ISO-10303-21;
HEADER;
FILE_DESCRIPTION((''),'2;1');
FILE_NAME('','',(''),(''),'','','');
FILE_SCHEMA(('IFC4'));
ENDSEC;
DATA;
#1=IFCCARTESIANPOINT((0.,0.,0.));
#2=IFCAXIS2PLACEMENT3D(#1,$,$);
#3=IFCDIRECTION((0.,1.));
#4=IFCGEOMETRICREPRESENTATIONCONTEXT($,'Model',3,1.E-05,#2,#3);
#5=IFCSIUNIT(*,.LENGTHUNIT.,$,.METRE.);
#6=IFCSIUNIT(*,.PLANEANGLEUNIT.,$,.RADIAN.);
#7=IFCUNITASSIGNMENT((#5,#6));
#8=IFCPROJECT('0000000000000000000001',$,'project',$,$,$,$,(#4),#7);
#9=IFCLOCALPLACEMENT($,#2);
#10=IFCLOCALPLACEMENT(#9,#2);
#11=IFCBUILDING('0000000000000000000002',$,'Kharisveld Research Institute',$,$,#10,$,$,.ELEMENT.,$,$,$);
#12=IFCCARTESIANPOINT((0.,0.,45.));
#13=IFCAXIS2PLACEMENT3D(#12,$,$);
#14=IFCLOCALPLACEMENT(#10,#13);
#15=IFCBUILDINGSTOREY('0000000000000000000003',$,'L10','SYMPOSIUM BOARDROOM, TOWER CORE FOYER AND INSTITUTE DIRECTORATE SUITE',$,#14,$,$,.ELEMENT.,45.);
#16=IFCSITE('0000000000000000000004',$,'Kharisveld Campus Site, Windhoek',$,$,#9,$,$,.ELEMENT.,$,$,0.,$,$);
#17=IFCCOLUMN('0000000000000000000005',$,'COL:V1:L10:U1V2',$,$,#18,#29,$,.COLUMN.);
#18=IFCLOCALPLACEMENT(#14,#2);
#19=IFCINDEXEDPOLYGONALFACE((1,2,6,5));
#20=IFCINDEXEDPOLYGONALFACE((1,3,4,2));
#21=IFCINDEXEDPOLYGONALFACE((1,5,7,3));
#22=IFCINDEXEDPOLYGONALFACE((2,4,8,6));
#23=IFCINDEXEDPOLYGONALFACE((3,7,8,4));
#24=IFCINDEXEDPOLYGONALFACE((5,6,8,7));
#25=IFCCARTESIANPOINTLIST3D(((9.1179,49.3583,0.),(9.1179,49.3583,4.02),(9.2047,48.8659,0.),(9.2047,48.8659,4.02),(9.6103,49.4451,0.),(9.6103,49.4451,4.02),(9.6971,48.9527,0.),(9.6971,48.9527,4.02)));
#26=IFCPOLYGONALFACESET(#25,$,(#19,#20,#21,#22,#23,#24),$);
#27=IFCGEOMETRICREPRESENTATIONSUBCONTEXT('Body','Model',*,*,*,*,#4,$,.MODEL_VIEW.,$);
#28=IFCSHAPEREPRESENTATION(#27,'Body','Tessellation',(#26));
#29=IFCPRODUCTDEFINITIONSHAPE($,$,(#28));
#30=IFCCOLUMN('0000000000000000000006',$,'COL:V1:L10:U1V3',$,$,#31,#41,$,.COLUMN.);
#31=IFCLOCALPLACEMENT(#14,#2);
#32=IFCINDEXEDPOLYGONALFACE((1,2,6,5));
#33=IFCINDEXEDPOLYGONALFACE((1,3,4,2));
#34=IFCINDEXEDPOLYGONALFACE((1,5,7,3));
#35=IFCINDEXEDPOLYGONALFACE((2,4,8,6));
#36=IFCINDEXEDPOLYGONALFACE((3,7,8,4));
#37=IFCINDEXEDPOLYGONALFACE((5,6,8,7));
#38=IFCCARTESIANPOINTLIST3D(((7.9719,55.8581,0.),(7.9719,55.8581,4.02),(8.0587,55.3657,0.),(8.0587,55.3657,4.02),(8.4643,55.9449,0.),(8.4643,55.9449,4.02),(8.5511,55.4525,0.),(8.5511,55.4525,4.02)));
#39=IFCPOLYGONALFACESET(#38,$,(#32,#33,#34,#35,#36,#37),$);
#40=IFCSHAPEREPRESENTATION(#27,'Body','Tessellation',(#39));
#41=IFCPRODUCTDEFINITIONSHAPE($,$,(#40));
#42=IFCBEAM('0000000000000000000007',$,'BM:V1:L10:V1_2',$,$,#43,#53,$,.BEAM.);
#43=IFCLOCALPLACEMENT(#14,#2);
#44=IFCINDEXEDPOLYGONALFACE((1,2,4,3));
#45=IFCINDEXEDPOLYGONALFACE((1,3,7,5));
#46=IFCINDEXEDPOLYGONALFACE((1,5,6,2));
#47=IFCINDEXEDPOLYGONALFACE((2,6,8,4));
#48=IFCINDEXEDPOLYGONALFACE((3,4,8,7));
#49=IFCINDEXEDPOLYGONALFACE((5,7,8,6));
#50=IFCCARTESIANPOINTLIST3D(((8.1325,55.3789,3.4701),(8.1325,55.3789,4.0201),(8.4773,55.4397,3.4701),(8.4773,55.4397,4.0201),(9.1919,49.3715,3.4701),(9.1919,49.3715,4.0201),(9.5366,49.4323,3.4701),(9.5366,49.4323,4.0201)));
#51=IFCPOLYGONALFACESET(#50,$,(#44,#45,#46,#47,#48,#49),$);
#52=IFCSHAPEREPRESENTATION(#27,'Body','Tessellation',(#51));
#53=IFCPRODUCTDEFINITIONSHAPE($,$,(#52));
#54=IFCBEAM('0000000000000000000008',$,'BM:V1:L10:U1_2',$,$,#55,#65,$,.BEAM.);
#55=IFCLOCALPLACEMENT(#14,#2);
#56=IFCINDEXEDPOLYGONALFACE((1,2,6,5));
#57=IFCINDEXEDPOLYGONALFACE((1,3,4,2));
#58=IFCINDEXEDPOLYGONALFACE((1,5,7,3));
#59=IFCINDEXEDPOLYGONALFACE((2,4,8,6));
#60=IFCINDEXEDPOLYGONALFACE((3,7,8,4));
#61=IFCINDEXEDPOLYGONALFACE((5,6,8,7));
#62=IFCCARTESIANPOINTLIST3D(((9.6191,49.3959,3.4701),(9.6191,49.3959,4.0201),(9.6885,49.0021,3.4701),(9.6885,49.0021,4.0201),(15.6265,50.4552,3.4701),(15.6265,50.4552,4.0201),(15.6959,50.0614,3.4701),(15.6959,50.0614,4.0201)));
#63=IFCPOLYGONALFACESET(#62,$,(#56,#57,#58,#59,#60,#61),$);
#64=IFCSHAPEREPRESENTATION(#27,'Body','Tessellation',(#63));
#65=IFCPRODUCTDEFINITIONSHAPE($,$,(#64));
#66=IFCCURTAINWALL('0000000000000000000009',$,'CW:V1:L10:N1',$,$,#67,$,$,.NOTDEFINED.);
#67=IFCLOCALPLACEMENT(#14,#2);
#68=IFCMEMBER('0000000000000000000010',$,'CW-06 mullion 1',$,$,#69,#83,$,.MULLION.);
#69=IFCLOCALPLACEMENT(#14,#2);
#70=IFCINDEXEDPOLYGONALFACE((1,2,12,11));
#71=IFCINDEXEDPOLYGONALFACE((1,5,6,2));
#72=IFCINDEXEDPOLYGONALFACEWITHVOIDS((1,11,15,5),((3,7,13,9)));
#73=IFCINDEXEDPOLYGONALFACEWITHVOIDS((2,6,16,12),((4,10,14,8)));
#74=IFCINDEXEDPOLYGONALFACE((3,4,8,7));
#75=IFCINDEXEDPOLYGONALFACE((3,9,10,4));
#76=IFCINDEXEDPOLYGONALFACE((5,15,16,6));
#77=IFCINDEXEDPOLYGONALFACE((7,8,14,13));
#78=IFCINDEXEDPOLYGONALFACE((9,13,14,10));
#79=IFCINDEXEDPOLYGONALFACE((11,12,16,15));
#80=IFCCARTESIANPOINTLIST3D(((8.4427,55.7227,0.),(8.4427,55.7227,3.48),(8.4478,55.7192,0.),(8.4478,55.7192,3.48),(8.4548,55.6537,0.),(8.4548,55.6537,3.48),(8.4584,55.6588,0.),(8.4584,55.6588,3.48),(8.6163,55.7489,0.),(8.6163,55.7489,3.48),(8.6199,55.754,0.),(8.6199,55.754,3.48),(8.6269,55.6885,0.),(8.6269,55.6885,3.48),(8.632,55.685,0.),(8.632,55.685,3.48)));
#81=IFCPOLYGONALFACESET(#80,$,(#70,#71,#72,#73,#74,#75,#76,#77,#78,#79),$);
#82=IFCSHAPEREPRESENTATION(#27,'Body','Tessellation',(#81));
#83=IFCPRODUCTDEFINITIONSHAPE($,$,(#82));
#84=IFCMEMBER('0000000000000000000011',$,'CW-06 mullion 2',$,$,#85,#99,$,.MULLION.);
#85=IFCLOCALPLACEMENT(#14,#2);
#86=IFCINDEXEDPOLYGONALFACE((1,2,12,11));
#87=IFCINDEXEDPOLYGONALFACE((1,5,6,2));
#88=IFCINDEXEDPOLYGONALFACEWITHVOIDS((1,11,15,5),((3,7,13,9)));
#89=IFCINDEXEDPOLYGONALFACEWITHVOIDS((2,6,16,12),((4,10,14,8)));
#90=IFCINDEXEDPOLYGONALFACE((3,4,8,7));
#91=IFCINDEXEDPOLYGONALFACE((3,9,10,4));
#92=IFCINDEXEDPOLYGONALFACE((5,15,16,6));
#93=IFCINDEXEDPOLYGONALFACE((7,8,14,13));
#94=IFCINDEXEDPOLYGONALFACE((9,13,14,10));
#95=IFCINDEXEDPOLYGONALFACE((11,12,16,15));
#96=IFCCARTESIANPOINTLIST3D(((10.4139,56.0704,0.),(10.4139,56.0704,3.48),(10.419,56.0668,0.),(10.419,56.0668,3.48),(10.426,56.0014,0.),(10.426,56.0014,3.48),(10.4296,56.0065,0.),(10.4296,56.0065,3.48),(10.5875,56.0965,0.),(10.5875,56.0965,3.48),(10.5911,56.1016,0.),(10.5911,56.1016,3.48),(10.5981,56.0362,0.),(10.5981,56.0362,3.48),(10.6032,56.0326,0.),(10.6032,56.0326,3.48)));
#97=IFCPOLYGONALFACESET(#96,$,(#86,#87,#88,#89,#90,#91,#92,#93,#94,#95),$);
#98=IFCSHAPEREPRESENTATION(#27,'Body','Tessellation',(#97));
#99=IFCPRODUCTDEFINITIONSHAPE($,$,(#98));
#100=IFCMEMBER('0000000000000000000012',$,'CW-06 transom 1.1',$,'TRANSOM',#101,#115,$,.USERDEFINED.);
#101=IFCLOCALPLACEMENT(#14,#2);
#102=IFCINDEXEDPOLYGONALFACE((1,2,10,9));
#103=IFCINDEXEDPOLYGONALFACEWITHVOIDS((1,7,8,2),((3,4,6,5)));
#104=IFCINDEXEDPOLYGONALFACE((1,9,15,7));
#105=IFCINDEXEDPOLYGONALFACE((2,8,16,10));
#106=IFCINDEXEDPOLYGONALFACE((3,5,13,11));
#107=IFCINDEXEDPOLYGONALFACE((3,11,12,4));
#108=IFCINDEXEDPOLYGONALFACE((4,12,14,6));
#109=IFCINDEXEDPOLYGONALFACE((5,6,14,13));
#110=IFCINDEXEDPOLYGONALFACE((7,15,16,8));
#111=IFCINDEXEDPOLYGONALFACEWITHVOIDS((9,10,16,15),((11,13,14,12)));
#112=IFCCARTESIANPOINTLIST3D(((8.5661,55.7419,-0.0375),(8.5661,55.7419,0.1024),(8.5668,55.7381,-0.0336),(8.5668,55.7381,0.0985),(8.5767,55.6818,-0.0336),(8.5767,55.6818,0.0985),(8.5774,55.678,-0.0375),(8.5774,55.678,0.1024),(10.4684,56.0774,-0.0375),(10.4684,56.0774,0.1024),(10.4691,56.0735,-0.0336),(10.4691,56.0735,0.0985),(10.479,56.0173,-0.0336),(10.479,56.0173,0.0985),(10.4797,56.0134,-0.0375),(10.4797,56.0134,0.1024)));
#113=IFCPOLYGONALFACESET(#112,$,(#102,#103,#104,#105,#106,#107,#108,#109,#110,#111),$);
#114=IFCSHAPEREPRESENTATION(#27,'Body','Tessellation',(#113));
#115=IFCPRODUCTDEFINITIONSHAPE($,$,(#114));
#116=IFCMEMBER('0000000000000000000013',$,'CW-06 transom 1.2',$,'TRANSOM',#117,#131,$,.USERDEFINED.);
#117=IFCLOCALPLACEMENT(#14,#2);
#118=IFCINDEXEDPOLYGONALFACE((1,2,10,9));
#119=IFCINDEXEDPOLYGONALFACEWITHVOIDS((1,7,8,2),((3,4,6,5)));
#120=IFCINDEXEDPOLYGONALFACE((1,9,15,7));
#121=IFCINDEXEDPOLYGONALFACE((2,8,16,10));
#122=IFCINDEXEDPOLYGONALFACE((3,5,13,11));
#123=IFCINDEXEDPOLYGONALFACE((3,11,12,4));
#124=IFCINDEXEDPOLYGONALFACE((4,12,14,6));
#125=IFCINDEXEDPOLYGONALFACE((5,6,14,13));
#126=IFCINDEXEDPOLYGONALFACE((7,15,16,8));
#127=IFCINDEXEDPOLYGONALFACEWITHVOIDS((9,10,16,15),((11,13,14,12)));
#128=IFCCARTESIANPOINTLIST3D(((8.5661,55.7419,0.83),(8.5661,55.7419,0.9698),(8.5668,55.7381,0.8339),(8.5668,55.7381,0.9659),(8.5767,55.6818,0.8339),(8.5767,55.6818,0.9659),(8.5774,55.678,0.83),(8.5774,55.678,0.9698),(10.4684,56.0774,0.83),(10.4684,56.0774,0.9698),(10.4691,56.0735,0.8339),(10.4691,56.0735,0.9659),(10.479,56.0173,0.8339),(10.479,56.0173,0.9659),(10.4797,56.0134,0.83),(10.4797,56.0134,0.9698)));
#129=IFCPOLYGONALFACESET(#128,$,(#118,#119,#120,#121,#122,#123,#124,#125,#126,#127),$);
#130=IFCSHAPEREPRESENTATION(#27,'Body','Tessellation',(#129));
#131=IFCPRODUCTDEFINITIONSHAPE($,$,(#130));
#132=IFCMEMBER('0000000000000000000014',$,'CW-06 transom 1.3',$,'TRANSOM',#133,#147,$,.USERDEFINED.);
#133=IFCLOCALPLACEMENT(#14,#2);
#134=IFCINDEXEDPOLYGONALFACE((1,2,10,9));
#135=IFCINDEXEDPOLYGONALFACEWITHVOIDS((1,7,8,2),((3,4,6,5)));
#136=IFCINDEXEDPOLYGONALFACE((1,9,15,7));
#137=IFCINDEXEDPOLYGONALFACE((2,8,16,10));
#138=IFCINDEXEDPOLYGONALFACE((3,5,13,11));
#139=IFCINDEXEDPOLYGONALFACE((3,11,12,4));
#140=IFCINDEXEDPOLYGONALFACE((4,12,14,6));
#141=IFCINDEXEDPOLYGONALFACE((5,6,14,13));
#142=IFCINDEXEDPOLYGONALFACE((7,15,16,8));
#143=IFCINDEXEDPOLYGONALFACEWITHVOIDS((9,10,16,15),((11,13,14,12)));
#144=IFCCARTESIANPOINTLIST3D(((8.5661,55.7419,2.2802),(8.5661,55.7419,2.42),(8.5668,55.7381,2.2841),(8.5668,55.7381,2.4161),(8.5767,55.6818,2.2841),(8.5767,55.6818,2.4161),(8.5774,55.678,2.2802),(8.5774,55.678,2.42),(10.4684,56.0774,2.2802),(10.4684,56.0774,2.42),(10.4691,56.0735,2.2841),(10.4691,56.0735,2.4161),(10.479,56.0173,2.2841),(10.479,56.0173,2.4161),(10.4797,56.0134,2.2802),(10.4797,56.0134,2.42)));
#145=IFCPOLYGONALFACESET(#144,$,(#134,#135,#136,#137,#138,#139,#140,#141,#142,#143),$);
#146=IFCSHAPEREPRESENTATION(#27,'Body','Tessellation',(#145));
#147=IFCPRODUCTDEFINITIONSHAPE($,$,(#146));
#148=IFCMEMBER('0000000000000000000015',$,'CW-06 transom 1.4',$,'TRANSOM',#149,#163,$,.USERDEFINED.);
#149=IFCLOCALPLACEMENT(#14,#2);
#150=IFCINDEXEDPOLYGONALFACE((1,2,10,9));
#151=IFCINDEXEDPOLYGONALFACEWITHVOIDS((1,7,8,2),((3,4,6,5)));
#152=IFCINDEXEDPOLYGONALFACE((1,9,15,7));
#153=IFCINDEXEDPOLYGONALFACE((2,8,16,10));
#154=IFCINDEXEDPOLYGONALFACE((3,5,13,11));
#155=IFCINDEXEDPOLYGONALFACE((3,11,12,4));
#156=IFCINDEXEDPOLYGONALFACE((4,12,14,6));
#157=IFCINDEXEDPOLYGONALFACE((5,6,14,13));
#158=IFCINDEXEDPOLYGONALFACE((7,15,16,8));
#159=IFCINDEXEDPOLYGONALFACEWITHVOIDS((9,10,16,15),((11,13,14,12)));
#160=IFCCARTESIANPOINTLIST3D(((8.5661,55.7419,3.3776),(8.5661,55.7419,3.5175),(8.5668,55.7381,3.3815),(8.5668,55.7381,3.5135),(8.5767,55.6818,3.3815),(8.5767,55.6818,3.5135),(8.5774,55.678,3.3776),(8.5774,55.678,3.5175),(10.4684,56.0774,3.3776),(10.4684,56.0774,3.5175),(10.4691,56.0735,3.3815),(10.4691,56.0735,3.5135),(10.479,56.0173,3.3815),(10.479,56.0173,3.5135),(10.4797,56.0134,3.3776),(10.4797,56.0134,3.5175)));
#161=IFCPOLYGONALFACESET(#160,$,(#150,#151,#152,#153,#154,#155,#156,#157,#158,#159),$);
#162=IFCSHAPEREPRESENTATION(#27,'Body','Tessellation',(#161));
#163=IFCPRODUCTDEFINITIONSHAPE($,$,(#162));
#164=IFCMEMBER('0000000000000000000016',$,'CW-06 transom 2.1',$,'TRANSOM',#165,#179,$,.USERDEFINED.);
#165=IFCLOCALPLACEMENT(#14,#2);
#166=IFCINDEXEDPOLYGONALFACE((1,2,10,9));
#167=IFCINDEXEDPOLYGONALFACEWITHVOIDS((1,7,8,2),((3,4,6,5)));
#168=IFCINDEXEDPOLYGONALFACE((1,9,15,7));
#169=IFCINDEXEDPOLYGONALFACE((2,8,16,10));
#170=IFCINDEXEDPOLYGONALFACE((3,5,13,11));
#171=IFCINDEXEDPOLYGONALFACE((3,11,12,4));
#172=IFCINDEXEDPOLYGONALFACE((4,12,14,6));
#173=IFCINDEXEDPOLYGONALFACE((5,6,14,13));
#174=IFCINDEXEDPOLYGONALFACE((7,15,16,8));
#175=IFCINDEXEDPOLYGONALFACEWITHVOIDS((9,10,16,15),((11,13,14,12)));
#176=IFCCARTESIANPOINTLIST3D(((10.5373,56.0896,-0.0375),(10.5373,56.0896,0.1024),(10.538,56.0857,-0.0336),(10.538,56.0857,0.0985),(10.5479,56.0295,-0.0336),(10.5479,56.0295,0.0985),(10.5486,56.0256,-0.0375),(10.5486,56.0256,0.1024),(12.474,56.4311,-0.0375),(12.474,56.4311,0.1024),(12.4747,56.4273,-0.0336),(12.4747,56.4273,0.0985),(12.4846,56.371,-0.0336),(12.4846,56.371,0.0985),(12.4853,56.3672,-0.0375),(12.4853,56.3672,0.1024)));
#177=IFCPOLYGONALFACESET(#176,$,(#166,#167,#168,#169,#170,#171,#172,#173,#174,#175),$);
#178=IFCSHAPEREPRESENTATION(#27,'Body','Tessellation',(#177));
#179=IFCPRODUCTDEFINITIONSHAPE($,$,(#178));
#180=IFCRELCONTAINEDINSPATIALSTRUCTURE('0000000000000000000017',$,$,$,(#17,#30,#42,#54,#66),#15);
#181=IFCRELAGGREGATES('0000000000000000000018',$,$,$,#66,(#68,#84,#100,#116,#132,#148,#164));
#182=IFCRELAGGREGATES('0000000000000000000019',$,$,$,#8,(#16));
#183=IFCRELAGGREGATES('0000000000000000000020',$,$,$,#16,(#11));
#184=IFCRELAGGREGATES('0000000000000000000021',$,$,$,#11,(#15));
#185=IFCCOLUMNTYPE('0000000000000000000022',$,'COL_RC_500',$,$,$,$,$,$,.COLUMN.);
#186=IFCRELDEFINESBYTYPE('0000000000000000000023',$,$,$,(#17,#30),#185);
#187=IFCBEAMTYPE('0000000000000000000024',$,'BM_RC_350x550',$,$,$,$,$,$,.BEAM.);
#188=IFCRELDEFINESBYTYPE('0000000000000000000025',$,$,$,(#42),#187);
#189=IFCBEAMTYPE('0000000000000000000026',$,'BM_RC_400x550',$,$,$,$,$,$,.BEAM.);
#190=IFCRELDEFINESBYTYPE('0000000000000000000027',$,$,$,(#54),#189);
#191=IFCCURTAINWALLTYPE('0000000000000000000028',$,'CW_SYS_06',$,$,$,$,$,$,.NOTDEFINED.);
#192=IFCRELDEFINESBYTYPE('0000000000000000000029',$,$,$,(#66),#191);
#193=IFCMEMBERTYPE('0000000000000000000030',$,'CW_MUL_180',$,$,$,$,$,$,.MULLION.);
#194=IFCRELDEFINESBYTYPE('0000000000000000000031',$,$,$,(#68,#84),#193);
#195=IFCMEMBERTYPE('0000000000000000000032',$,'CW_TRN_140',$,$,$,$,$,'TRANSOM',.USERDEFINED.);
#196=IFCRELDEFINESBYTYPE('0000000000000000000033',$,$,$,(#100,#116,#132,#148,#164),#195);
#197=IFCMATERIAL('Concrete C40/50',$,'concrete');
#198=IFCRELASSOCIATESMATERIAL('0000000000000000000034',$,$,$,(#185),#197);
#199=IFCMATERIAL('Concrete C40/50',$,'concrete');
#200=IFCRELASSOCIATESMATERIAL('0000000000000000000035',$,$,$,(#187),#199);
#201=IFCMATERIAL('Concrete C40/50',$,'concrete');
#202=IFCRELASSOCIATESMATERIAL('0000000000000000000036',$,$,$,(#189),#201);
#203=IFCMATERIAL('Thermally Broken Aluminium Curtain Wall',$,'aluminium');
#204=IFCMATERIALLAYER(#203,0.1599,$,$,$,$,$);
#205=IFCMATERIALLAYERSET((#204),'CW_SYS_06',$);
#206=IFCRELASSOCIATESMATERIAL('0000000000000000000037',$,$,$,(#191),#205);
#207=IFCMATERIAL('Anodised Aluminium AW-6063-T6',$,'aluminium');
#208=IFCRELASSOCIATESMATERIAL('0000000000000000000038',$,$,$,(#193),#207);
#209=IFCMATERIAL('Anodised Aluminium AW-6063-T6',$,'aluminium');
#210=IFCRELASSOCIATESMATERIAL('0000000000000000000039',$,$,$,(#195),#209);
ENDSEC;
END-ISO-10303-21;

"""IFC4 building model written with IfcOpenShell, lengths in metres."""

from ifc_helpers import new_model, si_unit, direction, frame, origin, origin_2d, place, context, subcontext, project, spatial, rectangle, hollow_rectangle, extrude, material, layer, layer_set, material_profile, profile_set, type_object, element, aggregate, save


model = new_model("IFC4")

# Units and contexts
model_context = context("Model", 3, precision=1e-05, world=origin(), true_north=direction((0.0, 1.0)))
body_context = subcontext(model_context, "Body", "Model", "MODEL_VIEW")
ifc_project = project(units=[si_unit("LENGTHUNIT", "METRE"), si_unit("PLANEANGLEUNIT", "RADIAN")], contexts=[model_context])

# Site, building, storey
site_placement = place(None, origin())
site = spatial("IfcSite", under=ifc_project, at=site_placement, Name="Kharisveld Campus Site, Windhoek", CompositionType="ELEMENT", RefElevation=0.0)
building_placement = place(site_placement, origin())
building = spatial("IfcBuilding", under=site, at=building_placement, Name="Kharisveld Research Institute", CompositionType="ELEMENT")
storey_placement = place(building_placement, frame((0.0, 0.0, 45.0)))
storey = spatial("IfcBuildingStorey", under=building, at=storey_placement, Name="L10", Description="SYMPOSIUM BOARDROOM, TOWER CORE FOYER AND INSTITUTE DIRECTORATE SUITE", CompositionType="ELEMENT", Elevation=45.0)

# Columns
ifc_material_1 = material(Name="Concrete C40/50", Category="concrete")
ifc_material_profile_1 = material_profile(ifc_material_1, rectangle(XDim=0.5, YDim=0.5, at=origin_2d()))
ifc_profile_set_1 = profile_set([ifc_material_profile_1], Name="Concrete C40/50")
column_type = type_object("IfcColumnType", Name="COL_RC_500", PredefinedType="COLUMN", material=ifc_profile_set_1)
for number, where, z_axis, x_axis, name in (
    (1, (9.4075, 49.1555, 0.0), (0.0, 0.0, 1.0), (0.984808, 0.173648, 0.0), "COL:V1:L10:U1V2"),
    (2, (8.2615, 55.6553, 0.0), (0.0, 0.0, 1.0), (0.984808, 0.173648, 0.0), "COL:V1:L10:U1V3"),
):
    element("IfcColumn", number, at=place(storey_placement, frame(where, z_axis=z_axis, x_axis=x_axis)), inside=storey, type_object=column_type, Name=name, PredefinedType="COLUMN", context=body_context, shape_type="SweptSolid", body=[
        extrude(rectangle(XDim=0.5, YDim=0.5, at=origin_2d()), origin(), (0.0, 0.0, 1.0), 4.02),
    ])

# Beams
ifc_material_2 = material(Name="Concrete C40/50", Category="concrete")
ifc_material_profile_2 = material_profile(ifc_material_2, rectangle(XDim=0.3501, YDim=0.55, at=origin_2d()))
ifc_profile_set_2 = profile_set([ifc_material_profile_2], Name="Concrete C40/50")
beam_type_1 = type_object("IfcBeamType", Name="BM_RC_350x550", PredefinedType="BEAM", material=ifc_profile_set_2)
beam_1_placement = place(storey_placement, frame((9.3643, 49.4019, 3.7451), z_axis=(-0.17366, 0.984806, 0.0), x_axis=(-0.984806, -0.17366, 0.0)))
element("IfcBeam", 3, at=beam_1_placement, inside=storey, type_object=beam_type_1, Name="BM:V1:L10:V1_2", PredefinedType="BEAM", context=body_context, shape_type="SweptSolid", body=[
    extrude(rectangle(XDim=0.3501, YDim=0.55, at=origin_2d()), origin(), (0.0, 0.0, 1.0), 6.1001),
])
ifc_material_3 = material(Name="Concrete C40/50", Category="concrete")
ifc_material_profile_3 = material_profile(ifc_material_3, rectangle(XDim=0.3999, YDim=0.55, at=origin_2d()))
ifc_profile_set_3 = profile_set([ifc_material_profile_3], Name="Concrete C40/50")
beam_type_2 = type_object("IfcBeamType", Name="BM_RC_400x550", PredefinedType="BEAM", material=ifc_profile_set_3)
beam_2_placement = place(storey_placement, frame((9.6538, 49.199, 3.7451), z_axis=(0.984806, 0.17366, 0.0), x_axis=(-0.17366, 0.984806, 0.0)))
element("IfcBeam", 4, at=beam_2_placement, inside=storey, type_object=beam_type_2, Name="BM:V1:L10:U1_2", PredefinedType="BEAM", context=body_context, shape_type="SweptSolid", body=[
    extrude(rectangle(XDim=0.3999, YDim=0.55, at=origin_2d()), origin(), (0.0, 0.0, 1.0), 6.1001),
])

# Curtain wall, members
ifc_material_4 = material(Name="Thermally Broken Aluminium Curtain Wall", Category="aluminium")
ifc_layer_1 = layer(ifc_material_4, 0.1599)
ifc_layer_set_1 = layer_set([ifc_layer_1], Name="CW_SYS_06")
curtain_wall_type = type_object("IfcCurtainWallType", Name="CW_SYS_06", PredefinedType="NOTDEFINED", material=ifc_layer_set_1)
curtain_wall_placement = place(storey_placement, origin())
curtain_wall = element("IfcCurtainWall", 5, at=curtain_wall_placement, inside=storey, type_object=curtain_wall_type, Name="CW:V1:L10:N1", PredefinedType="NOTDEFINED")
ifc_material_5 = material(Name="Anodised Aluminium AW-6063-T6", Category="aluminium")
ifc_material_profile_4 = material_profile(ifc_material_5, hollow_rectangle(XDim=0.0701, YDim=0.1799, WallThickness=0.0044, at=origin_2d()))
ifc_profile_set_4 = profile_set([ifc_material_profile_4], Name="Anodised Aluminium AW-6063-T6")
member_type_1 = type_object("IfcMemberType", Name="CW_MUL_180", PredefinedType="MULLION", material=ifc_profile_set_4)
member_1_placement = place(storey_placement, frame((8.5374, 55.7039, 0.0), z_axis=(0.0, 0.0, 1.0), x_axis=(-0.173648, 0.984808, 0.0)))
member_1 = element("IfcMember", 6, at=member_1_placement, type_object=member_type_1, Name="CW-06 mullion 1", PredefinedType="MULLION", context=body_context, shape_type="SweptSolid", body=[
    extrude(hollow_rectangle(XDim=0.0701, YDim=0.1799, WallThickness=0.0044, at=origin_2d()), origin(), (0.0, 0.0, 1.0), 3.48),
])
member_2_placement = place(storey_placement, frame((10.5085, 56.0515, 0.0), z_axis=(0.0, 0.0, 1.0), x_axis=(-0.173648, 0.984808, 0.0)))
member_2 = element("IfcMember", 7, at=member_2_placement, type_object=member_type_1, Name="CW-06 mullion 2", PredefinedType="MULLION", context=body_context, shape_type="SweptSolid", body=[
    extrude(hollow_rectangle(XDim=0.0701, YDim=0.1799, WallThickness=0.0044, at=origin_2d()), origin(), (0.0, 0.0, 1.0), 3.48),
])
ifc_material_6 = material(Name="Anodised Aluminium AW-6063-T6", Category="aluminium")
ifc_material_profile_5 = material_profile(ifc_material_6, hollow_rectangle(XDim=0.0649, YDim=0.1399, WallThickness=0.0039, at=origin_2d()))
ifc_profile_set_5 = profile_set([ifc_material_profile_5], Name="Anodised Aluminium AW-6063-T6")
member_type_2 = type_object("IfcMemberType", Name="CW_TRN_140", ElementType="TRANSOM", PredefinedType="USERDEFINED", material=ifc_profile_set_5)
member_3_placement = place(storey_placement, frame((8.5718, 55.71, 0.0325), z_axis=(0.984806, 0.173656, 0.0), x_axis=(-0.173656, 0.984806, 0.0)))
member_3 = element("IfcMember", 8, at=member_3_placement, type_object=member_type_2, Name="CW-06 transom 1.1", ObjectType="TRANSOM", PredefinedType="USERDEFINED", context=body_context, shape_type="SweptSolid", body=[
    extrude(hollow_rectangle(XDim=0.0649, YDim=0.1399, WallThickness=0.0039, at=origin_2d()), origin(), (0.0, 0.0, 1.0), 1.9316),
])
member_4_placement = place(storey_placement, frame((8.5718, 55.71, 0.8999), z_axis=(0.984806, 0.173656, 0.0), x_axis=(-0.173656, 0.984806, 0.0)))
member_4 = element("IfcMember", 9, at=member_4_placement, type_object=member_type_2, Name="CW-06 transom 1.2", ObjectType="TRANSOM", PredefinedType="USERDEFINED", context=body_context, shape_type="SweptSolid", body=[
    extrude(hollow_rectangle(XDim=0.0649, YDim=0.1399, WallThickness=0.0039, at=origin_2d()), origin(), (0.0, 0.0, 1.0), 1.9316),
])
member_5_placement = place(storey_placement, frame((8.5718, 55.71, 2.3501), z_axis=(0.984806, 0.173656, 0.0), x_axis=(-0.173656, 0.984806, 0.0)))
member_5 = element("IfcMember", 10, at=member_5_placement, type_object=member_type_2, Name="CW-06 transom 1.3", ObjectType="TRANSOM", PredefinedType="USERDEFINED", context=body_context, shape_type="SweptSolid", body=[
    extrude(hollow_rectangle(XDim=0.0649, YDim=0.1399, WallThickness=0.0039, at=origin_2d()), origin(), (0.0, 0.0, 1.0), 1.9316),
])
member_6_placement = place(storey_placement, frame((8.5718, 55.71, 3.4475), z_axis=(0.984806, 0.173656, 0.0), x_axis=(-0.173656, 0.984806, 0.0)))
member_6 = element("IfcMember", 11, at=member_6_placement, type_object=member_type_2, Name="CW-06 transom 1.4", ObjectType="TRANSOM", PredefinedType="USERDEFINED", context=body_context, shape_type="SweptSolid", body=[
    extrude(hollow_rectangle(XDim=0.0649, YDim=0.1399, WallThickness=0.0039, at=origin_2d()), origin(), (0.0, 0.0, 1.0), 1.9316),
])
member_7_placement = place(storey_placement, frame((10.543, 56.0576, 0.0325), z_axis=(0.984804, 0.173672, 0.0), x_axis=(-0.173672, 0.984804, 0.0)))
member_7 = element("IfcMember", 12, at=member_7_placement, type_object=member_type_2, Name="CW-06 transom 2.1", ObjectType="TRANSOM", PredefinedType="USERDEFINED", context=body_context, shape_type="SweptSolid", body=[
    extrude(hollow_rectangle(XDim=0.0649, YDim=0.1399, WallThickness=0.0039, at=origin_2d()), origin(), (0.0, 0.0, 1.0), 1.9666),
])

aggregate(curtain_wall, [member_1, member_2, member_3, member_4, member_5, member_6, member_7])

save(model, "model.ifc")
